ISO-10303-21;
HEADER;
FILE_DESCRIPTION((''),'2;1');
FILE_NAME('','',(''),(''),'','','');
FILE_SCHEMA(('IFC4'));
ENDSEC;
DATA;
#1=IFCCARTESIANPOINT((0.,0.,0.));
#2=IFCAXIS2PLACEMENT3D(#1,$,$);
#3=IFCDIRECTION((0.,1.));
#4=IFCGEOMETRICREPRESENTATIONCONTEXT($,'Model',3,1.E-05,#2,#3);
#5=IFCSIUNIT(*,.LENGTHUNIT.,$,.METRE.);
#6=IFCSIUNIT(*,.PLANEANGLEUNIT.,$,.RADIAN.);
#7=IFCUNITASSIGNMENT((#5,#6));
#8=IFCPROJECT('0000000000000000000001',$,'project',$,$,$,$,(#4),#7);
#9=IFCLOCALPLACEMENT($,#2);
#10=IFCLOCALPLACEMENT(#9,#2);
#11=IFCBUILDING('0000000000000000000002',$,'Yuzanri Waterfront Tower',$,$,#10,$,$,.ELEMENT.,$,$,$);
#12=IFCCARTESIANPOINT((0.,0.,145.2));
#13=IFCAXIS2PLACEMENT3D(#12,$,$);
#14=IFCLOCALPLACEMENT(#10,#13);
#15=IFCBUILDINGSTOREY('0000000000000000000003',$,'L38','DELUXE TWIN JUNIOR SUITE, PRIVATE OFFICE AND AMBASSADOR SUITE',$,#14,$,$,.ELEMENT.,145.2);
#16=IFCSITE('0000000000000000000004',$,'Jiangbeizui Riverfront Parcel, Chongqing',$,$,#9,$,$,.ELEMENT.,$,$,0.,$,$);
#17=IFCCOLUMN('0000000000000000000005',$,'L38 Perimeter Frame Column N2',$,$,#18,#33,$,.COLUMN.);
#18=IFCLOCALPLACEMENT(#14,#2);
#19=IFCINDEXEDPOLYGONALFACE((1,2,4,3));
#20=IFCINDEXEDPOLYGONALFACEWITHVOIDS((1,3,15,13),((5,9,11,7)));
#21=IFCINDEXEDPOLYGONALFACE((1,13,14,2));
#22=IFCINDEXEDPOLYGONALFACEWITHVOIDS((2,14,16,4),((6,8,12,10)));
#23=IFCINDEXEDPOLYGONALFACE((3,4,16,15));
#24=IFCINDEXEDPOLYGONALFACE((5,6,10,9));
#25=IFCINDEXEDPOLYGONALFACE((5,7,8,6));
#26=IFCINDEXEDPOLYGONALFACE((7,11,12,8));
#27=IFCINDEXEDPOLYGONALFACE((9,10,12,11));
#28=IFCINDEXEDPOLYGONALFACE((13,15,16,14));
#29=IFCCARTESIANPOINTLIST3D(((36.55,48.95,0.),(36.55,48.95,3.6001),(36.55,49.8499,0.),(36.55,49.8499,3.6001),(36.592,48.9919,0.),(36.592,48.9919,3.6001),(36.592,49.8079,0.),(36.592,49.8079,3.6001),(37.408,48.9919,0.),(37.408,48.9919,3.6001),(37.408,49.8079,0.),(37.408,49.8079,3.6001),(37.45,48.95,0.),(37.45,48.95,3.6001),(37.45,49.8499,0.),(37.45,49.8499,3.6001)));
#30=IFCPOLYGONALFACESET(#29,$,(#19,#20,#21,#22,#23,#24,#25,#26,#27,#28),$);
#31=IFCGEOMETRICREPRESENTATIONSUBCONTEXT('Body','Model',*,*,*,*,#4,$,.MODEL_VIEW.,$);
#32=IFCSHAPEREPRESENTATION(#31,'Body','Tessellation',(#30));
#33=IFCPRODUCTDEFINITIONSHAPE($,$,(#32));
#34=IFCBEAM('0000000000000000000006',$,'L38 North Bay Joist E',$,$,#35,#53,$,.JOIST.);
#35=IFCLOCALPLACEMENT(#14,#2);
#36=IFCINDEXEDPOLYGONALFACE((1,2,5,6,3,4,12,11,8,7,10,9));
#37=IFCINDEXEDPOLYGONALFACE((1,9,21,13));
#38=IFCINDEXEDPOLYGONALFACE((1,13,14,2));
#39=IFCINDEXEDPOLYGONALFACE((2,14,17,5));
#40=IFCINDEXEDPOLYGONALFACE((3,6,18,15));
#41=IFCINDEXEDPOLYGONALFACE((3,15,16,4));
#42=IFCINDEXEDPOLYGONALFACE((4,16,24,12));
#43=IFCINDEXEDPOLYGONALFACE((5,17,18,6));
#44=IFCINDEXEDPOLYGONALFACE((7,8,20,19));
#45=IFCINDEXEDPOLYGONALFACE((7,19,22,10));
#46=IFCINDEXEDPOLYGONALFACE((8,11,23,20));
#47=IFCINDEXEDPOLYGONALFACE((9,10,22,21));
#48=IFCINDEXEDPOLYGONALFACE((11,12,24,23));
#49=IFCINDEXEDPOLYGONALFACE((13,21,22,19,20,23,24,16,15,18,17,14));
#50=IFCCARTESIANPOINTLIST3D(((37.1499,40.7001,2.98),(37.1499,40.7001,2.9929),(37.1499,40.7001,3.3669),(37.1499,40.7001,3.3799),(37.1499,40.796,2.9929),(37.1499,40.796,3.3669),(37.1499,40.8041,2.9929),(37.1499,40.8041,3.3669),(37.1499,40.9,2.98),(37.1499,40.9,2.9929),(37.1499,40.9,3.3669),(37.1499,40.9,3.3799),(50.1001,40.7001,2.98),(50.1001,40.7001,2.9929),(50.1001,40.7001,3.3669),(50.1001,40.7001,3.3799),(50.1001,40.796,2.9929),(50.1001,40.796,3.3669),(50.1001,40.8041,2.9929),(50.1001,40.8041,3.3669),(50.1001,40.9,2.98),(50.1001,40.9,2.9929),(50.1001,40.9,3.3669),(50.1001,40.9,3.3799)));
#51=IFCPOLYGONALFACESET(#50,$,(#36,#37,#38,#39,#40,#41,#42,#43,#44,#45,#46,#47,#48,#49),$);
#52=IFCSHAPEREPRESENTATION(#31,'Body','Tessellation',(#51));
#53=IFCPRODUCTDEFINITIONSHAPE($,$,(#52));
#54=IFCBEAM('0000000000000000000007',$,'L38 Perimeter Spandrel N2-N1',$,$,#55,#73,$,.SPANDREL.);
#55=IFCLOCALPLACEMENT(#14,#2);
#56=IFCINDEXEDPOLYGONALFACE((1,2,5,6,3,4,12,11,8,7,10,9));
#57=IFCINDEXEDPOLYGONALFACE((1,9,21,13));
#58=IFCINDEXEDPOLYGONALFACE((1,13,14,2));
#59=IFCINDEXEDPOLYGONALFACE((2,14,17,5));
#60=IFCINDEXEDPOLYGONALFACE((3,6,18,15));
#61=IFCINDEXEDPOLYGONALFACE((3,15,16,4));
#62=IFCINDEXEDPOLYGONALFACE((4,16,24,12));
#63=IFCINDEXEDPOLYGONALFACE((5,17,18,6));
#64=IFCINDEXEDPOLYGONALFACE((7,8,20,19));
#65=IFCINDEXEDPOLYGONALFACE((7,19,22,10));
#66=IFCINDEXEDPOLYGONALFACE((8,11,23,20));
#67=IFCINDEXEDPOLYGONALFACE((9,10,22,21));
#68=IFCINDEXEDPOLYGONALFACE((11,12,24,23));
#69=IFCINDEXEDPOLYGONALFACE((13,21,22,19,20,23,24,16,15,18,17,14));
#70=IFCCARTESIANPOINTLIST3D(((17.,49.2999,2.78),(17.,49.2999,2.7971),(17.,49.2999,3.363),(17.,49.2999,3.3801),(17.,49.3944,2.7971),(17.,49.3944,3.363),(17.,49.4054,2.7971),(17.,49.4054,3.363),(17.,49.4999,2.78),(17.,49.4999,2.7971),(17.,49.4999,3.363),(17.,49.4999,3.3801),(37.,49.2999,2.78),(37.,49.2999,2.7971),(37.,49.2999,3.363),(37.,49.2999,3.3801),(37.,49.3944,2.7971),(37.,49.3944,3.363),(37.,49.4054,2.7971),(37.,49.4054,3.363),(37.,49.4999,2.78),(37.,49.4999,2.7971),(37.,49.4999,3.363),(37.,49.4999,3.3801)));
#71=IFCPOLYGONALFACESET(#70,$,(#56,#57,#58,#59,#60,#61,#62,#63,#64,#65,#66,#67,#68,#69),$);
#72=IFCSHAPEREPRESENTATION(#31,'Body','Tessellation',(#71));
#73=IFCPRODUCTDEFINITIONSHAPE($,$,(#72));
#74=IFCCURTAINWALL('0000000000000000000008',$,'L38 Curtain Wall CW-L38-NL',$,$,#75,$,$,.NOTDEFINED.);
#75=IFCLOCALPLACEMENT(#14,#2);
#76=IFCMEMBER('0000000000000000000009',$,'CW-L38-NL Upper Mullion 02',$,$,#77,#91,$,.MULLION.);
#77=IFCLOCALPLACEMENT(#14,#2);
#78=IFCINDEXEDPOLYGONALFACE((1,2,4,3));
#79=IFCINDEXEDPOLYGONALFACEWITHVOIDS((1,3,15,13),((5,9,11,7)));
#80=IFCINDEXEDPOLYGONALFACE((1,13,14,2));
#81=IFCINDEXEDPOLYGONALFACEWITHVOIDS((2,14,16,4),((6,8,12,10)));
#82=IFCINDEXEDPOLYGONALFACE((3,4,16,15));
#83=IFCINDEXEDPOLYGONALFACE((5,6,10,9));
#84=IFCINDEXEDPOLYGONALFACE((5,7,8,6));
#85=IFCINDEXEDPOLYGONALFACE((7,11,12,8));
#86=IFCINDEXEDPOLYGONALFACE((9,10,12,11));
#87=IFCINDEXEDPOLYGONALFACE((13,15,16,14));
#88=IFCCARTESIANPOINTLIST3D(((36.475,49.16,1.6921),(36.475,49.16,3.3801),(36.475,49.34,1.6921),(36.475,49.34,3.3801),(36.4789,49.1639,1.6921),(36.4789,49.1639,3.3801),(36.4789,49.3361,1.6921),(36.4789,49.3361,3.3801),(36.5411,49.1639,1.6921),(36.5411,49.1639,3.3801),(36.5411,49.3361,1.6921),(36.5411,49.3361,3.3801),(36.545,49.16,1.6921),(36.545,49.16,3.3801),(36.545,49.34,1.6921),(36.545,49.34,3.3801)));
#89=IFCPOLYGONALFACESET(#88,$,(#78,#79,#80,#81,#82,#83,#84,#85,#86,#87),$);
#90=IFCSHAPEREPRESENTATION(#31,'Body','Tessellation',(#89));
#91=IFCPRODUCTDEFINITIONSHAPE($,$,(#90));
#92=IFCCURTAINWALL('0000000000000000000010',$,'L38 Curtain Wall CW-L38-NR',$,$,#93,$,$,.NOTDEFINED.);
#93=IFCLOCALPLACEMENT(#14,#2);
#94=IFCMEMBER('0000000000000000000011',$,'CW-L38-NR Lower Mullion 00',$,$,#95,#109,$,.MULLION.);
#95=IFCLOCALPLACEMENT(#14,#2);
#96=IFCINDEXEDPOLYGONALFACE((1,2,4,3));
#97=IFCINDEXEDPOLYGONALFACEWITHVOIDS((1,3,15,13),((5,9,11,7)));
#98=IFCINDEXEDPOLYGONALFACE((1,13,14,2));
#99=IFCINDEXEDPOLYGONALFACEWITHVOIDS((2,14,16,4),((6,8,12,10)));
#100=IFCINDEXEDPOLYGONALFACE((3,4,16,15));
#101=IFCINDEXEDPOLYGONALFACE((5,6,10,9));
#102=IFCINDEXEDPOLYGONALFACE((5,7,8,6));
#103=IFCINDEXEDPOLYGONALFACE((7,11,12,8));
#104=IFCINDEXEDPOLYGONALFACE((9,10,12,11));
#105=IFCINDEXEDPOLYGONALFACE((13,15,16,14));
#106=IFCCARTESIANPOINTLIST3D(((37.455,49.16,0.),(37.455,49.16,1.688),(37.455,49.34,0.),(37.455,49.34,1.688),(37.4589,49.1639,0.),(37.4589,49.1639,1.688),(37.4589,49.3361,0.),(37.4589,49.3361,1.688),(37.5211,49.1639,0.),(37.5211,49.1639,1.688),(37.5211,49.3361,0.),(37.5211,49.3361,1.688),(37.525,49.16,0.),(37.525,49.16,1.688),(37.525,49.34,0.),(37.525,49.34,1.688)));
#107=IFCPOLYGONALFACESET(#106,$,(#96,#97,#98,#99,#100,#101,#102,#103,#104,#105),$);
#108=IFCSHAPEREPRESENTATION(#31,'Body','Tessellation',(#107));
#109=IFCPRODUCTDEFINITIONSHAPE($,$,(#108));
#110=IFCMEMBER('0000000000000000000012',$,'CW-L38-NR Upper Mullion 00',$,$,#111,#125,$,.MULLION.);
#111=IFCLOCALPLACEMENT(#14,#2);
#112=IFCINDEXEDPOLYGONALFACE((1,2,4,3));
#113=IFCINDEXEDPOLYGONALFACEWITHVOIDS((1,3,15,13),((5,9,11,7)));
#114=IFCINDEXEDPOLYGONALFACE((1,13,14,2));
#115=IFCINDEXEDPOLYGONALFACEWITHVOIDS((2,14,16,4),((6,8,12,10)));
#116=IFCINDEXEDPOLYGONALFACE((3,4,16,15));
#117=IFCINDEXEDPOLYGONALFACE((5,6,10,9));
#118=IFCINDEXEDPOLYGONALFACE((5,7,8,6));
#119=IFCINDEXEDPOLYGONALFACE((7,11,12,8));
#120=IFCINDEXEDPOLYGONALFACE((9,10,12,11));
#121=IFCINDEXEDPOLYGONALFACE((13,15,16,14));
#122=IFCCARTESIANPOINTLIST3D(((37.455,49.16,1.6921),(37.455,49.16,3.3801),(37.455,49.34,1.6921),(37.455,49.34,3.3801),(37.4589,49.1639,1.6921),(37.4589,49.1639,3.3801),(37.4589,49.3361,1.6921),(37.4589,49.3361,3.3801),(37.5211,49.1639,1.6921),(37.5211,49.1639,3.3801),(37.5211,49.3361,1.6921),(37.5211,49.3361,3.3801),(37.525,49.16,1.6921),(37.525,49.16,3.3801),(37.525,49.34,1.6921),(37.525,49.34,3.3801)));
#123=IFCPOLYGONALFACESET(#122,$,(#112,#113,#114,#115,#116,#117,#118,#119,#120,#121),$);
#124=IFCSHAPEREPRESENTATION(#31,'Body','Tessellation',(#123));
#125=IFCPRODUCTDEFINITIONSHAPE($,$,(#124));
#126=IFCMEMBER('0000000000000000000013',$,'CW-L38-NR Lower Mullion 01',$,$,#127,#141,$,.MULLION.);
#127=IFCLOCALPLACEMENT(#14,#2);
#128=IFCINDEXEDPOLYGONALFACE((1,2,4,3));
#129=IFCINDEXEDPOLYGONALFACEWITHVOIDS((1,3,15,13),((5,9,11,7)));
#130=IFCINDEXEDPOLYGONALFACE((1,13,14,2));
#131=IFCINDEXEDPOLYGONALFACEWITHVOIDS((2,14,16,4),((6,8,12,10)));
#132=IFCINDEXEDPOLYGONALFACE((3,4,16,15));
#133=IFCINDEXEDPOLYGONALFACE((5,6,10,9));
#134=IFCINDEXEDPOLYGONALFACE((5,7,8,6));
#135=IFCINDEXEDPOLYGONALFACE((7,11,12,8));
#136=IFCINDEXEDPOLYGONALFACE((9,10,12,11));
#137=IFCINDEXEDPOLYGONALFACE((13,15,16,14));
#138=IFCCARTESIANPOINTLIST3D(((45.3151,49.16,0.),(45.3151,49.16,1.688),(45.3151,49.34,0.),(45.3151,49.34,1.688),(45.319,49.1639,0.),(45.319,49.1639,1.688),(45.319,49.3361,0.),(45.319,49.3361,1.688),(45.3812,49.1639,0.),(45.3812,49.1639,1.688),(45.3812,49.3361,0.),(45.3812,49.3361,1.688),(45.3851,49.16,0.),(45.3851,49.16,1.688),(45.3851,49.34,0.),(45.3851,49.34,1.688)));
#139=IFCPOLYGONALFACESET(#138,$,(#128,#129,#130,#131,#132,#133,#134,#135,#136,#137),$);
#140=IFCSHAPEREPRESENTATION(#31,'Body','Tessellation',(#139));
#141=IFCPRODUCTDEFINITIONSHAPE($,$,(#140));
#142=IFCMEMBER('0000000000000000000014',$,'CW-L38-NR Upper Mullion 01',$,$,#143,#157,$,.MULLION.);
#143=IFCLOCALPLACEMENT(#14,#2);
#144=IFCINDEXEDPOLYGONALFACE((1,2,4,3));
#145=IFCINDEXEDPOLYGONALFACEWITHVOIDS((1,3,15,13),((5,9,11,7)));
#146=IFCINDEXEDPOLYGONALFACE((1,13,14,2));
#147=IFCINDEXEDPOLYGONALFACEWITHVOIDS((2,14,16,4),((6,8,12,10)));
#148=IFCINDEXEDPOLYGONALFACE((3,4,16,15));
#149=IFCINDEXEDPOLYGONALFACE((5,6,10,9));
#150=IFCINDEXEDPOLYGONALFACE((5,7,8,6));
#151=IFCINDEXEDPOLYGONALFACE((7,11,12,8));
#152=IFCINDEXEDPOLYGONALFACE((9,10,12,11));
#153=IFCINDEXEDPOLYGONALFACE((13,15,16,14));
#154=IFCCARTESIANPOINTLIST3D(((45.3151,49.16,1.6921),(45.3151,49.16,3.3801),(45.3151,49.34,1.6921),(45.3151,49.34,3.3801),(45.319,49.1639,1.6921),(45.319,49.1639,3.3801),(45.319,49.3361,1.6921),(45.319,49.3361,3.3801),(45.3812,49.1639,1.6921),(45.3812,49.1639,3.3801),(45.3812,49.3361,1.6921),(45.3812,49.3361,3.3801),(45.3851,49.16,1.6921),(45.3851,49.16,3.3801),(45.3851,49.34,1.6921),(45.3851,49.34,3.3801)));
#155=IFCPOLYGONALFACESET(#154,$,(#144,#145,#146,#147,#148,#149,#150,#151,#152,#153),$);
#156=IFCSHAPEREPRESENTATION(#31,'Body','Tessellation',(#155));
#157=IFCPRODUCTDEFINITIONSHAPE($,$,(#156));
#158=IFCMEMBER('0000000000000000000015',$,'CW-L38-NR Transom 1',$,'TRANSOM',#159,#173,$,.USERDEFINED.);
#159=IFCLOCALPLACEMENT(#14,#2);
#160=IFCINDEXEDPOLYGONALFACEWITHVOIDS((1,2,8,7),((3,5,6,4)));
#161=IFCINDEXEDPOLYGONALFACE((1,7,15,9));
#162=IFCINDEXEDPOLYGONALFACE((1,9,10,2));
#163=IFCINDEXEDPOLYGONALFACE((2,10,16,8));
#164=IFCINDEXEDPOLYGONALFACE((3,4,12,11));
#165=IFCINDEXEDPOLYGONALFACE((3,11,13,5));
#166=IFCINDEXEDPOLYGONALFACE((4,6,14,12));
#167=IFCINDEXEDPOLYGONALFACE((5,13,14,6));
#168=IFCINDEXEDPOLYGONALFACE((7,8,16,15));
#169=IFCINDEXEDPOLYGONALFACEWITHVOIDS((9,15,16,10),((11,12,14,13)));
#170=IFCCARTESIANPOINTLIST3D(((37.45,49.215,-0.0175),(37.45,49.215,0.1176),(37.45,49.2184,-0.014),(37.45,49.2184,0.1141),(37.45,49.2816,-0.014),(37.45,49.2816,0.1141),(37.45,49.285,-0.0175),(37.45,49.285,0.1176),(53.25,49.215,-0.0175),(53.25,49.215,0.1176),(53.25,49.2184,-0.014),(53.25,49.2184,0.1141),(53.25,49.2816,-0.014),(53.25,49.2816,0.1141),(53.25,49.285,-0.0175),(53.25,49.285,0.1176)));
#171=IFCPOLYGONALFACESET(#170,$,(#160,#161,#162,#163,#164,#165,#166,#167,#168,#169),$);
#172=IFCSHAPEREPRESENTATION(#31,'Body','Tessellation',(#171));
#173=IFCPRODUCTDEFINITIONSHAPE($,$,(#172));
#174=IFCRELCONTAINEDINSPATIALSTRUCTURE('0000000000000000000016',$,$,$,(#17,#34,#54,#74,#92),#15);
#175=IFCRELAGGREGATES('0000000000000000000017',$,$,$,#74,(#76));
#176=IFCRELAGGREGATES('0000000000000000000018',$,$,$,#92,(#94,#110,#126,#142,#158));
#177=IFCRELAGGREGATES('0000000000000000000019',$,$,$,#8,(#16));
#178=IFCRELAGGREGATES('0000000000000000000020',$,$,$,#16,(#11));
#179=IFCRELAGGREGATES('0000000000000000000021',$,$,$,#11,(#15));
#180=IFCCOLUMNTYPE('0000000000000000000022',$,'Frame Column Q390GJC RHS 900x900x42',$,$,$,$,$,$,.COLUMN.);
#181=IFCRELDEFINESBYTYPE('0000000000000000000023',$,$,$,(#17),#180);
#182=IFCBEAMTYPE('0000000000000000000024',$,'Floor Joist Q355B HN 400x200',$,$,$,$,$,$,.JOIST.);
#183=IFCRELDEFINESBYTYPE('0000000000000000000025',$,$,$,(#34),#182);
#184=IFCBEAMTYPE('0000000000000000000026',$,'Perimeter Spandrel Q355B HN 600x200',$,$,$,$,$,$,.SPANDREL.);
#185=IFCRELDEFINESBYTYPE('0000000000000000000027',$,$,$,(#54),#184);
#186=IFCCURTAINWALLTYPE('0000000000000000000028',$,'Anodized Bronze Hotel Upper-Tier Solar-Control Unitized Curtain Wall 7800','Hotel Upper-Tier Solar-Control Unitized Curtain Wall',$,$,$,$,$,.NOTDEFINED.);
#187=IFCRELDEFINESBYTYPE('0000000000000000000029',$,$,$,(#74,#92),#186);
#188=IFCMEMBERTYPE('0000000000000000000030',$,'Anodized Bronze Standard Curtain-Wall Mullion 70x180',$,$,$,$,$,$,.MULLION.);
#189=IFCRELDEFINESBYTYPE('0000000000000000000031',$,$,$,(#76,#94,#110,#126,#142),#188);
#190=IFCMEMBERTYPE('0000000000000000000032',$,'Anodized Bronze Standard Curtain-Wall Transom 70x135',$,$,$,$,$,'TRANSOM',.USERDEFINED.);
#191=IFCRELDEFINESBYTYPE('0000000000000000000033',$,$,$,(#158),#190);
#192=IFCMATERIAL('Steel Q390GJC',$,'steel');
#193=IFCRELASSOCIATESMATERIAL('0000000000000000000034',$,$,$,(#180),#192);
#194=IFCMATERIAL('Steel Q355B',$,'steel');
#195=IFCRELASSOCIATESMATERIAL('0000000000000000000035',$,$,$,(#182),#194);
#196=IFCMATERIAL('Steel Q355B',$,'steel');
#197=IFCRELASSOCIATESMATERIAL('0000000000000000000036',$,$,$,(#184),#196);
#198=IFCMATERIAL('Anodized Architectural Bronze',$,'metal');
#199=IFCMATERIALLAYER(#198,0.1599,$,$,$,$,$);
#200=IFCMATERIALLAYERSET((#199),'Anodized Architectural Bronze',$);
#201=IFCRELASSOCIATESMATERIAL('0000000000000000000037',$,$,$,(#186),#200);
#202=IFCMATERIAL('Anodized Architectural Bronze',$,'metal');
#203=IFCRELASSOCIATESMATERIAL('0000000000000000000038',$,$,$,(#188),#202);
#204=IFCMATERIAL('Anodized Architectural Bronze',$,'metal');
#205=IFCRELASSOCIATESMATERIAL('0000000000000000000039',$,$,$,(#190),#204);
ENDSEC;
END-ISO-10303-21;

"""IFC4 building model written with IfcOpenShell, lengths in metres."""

from ifc_helpers import new_model, si_unit, direction, frame, origin, origin_2d, place, context, subcontext, project, spatial, hollow_rectangle, i_section, extrude, source, transform, mapped, material, layer, layer_set, material_profile, profile_set, type_object, element, aggregate, save


model = new_model("IFC4")

# Units and contexts
model_context = context("Model", 3, precision=1e-05, world=origin(), true_north=direction((0.0, 1.0)))
body_context = subcontext(model_context, "Body", "Model", "MODEL_VIEW")
ifc_project = project(units=[si_unit("LENGTHUNIT", "METRE"), si_unit("PLANEANGLEUNIT", "RADIAN")], contexts=[model_context])

# Site, building, storey
site_placement = place(None, origin())
site = spatial("IfcSite", under=ifc_project, at=site_placement, Name="Jiangbeizui Riverfront Parcel, Chongqing", CompositionType="ELEMENT", RefElevation=0.0)
building_placement = place(site_placement, origin())
building = spatial("IfcBuilding", under=site, at=building_placement, Name="Yuzanri Waterfront Tower", CompositionType="ELEMENT")
storey_placement = place(building_placement, frame((0.0, 0.0, 145.2)))
storey = spatial("IfcBuildingStorey", under=building, at=storey_placement, Name="L38", Description="DELUXE TWIN JUNIOR SUITE, PRIVATE OFFICE AND AMBASSADOR SUITE", CompositionType="ELEMENT", Elevation=145.2)

# Column
ifc_material_1 = material(Name="Steel Q390GJC", Category="steel")
ifc_material_profile_1 = material_profile(ifc_material_1, hollow_rectangle(XDim=0.8999, YDim=0.8999, WallThickness=0.042, at=origin_2d()), Name="RHS 900x900x42")
ifc_profile_set_1 = profile_set([ifc_material_profile_1], Name="Steel Q390GJC")
column_type = type_object("IfcColumnType", Name="Frame Column Q390GJC RHS 900x900x42", PredefinedType="COLUMN", material=ifc_profile_set_1)
shared_shape_1 = source(origin(), body_context, "Body", "SweptSolid", [
    extrude(hollow_rectangle(XDim=0.8999, YDim=0.8999, WallThickness=0.042, at=origin_2d()), origin(), (0.0, 0.0, 1.0), 3.6001),
])
column_placement = place(storey_placement, frame((37.0, 49.3999, 0.0), z_axis=(0.0, 0.0, 1.0), x_axis=(1.0, 0.0, 0.0)))
element("IfcColumn", 1, at=column_placement, inside=storey, type_object=column_type, Name="L38 Perimeter Frame Column N2", PredefinedType="COLUMN", context=body_context, shape_type="MappedRepresentation", body=[
    mapped(shared_shape_1, transform((0.0, 0.0, 0.0), scale=1.0)),
])

# Beams
ifc_material_2 = material(Name="Steel Q355B", Category="steel")
ifc_material_profile_2 = material_profile(ifc_material_2, i_section(OverallWidth=0.2, OverallDepth=0.3999, WebThickness=0.0081, FlangeThickness=0.0129, at=origin_2d()), Name="HN 400x200x8x13")
ifc_profile_set_2 = profile_set([ifc_material_profile_2], Name="Steel Q355B")
beam_type_1 = type_object("IfcBeamType", Name="Floor Joist Q355B HN 400x200", PredefinedType="JOIST", material=ifc_profile_set_2)
shared_shape_2 = source(origin(), body_context, "Body", "SweptSolid", [
    extrude(i_section(OverallWidth=0.2, OverallDepth=0.3999, WebThickness=0.0081, FlangeThickness=0.0129, at=origin_2d()), origin(), (0.0, 0.0, 1.0), 12.9502),
])
beam_1_placement = place(storey_placement, frame((37.1499, 40.8, 3.1799), z_axis=(1.0, 0.0, 0.0), x_axis=(0.0, 1.0, 0.0)))
element("IfcBeam", 2, at=beam_1_placement, inside=storey, type_object=beam_type_1, Name="L38 North Bay Joist E", PredefinedType="JOIST", context=body_context, shape_type="MappedRepresentation", body=[
    mapped(shared_shape_2, transform((0.0, 0.0, 0.0), scale=1.0)),
])
ifc_material_3 = material(Name="Steel Q355B", Category="steel")
ifc_material_profile_3 = material_profile(ifc_material_3, i_section(OverallWidth=0.2, OverallDepth=0.6001, WebThickness=0.011, FlangeThickness=0.0171, at=origin_2d()), Name="HN 600x200x11x17")
ifc_profile_set_3 = profile_set([ifc_material_profile_3], Name="Steel Q355B")
beam_type_2 = type_object("IfcBeamType", Name="Perimeter Spandrel Q355B HN 600x200", PredefinedType="SPANDREL", material=ifc_profile_set_3)
shared_shape_3 = source(origin(), body_context, "Body", "SweptSolid", [
    extrude(i_section(OverallWidth=0.2, OverallDepth=0.6001, WebThickness=0.011, FlangeThickness=0.0171, at=origin_2d()), origin(), (0.0, 0.0, 1.0), 20.0),
])
beam_2_placement = place(storey_placement, frame((37.0, 49.3999, 3.0801), z_axis=(-1.0, 0.0, 0.0), x_axis=(0.0, -1.0, 0.0)))
element("IfcBeam", 3, at=beam_2_placement, inside=storey, type_object=beam_type_2, Name="L38 Perimeter Spandrel N2-N1", PredefinedType="SPANDREL", context=body_context, shape_type="MappedRepresentation", body=[
    mapped(shared_shape_3, transform((0.0, 0.0, 0.0), scale=1.0)),
])

# Curtain wall, member
ifc_material_4 = material(Name="Anodized Architectural Bronze", Category="metal")
ifc_layer_1 = layer(ifc_material_4, 0.1599)
ifc_layer_set_1 = layer_set([ifc_layer_1], Name="Anodized Architectural Bronze")
curtain_wall_type = type_object("IfcCurtainWallType", Name="Anodized Bronze Hotel Upper-Tier Solar-Control Unitized Curtain Wall 7800", Description="Hotel Upper-Tier Solar-Control Unitized Curtain Wall", PredefinedType="NOTDEFINED", material=ifc_layer_set_1)
curtain_wall_1_placement = place(storey_placement, origin())
curtain_wall_1 = element("IfcCurtainWall", 4, at=curtain_wall_1_placement, inside=storey, type_object=curtain_wall_type, Name="L38 Curtain Wall CW-L38-NL", PredefinedType="NOTDEFINED")
ifc_material_5 = material(Name="Anodized Architectural Bronze", Category="metal")
ifc_material_profile_4 = material_profile(ifc_material_5, hollow_rectangle(XDim=0.0701, YDim=0.1799, WallThickness=0.0039, at=origin_2d()), Name="CWM 70x180")
ifc_profile_set_4 = profile_set([ifc_material_profile_4], Name="Anodized Architectural Bronze")
member_type_1 = type_object("IfcMemberType", Name="Anodized Bronze Standard Curtain-Wall Mullion 70x180", PredefinedType="MULLION", material=ifc_profile_set_4)
shared_shape_4 = source(origin(), body_context, "Body", "SweptSolid", [
    extrude(hollow_rectangle(XDim=0.0701, YDim=0.1799, WallThickness=0.0039, at=origin_2d()), origin(), (0.0, 0.0, 1.0), 1.688),
])
member_1_placement = place(storey_placement, frame((36.51, 49.25, 1.6921), z_axis=(0.0, 0.0, 1.0), x_axis=(1.0, 0.0, 0.0)))
member_1 = element("IfcMember", 5, at=member_1_placement, type_object=member_type_1, Name="CW-L38-NL Upper Mullion 02", PredefinedType="MULLION", context=body_context, shape_type="MappedRepresentation", body=[
    mapped(shared_shape_4, transform((0.0, 0.0, 0.0), scale=1.0)),
])
aggregate(curtain_wall_1, [member_1])

# Curtain wall, members
curtain_wall_2_placement = place(storey_placement, origin())
curtain_wall_2 = element("IfcCurtainWall", 6, at=curtain_wall_2_placement, inside=storey, type_object=curtain_wall_type, Name="L38 Curtain Wall CW-L38-NR", PredefinedType="NOTDEFINED")
member_2_placement = place(storey_placement, frame((37.49, 49.25, 0.0), z_axis=(0.0, 0.0, 1.0), x_axis=(1.0, 0.0, 0.0)))
member_2 = element("IfcMember", 7, at=member_2_placement, type_object=member_type_1, Name="CW-L38-NR Lower Mullion 00", PredefinedType="MULLION", context=body_context, shape_type="MappedRepresentation", body=[
    mapped(shared_shape_4, transform((0.0, 0.0, 0.0), scale=1.0)),
])
member_3_placement = place(storey_placement, frame((37.49, 49.25, 1.6921), z_axis=(0.0, 0.0, 1.0), x_axis=(1.0, 0.0, 0.0)))
member_3 = element("IfcMember", 8, at=member_3_placement, type_object=member_type_1, Name="CW-L38-NR Upper Mullion 00", PredefinedType="MULLION", context=body_context, shape_type="MappedRepresentation", body=[
    mapped(shared_shape_4, transform((0.0, 0.0, 0.0), scale=1.0)),
])
member_4_placement = place(storey_placement, frame((45.3501, 49.25, 0.0), z_axis=(0.0, 0.0, 1.0), x_axis=(1.0, 0.0, 0.0)))
member_4 = element("IfcMember", 9, at=member_4_placement, type_object=member_type_1, Name="CW-L38-NR Lower Mullion 01", PredefinedType="MULLION", context=body_context, shape_type="MappedRepresentation", body=[
    mapped(shared_shape_4, transform((0.0, 0.0, 0.0), scale=1.0)),
])
member_5_placement = place(storey_placement, frame((45.3501, 49.25, 1.6921), z_axis=(0.0, 0.0, 1.0), x_axis=(1.0, 0.0, 0.0)))
member_5 = element("IfcMember", 10, at=member_5_placement, type_object=member_type_1, Name="CW-L38-NR Upper Mullion 01", PredefinedType="MULLION", context=body_context, shape_type="MappedRepresentation", body=[
    mapped(shared_shape_4, transform((0.0, 0.0, 0.0), scale=1.0)),
])
ifc_material_6 = material(Name="Anodized Architectural Bronze", Category="metal")
ifc_material_profile_5 = material_profile(ifc_material_6, hollow_rectangle(XDim=0.0701, YDim=0.135, WallThickness=0.0034, at=origin_2d()), Name="CWT 70x135")
ifc_profile_set_5 = profile_set([ifc_material_profile_5], Name="Anodized Architectural Bronze")
member_type_2 = type_object("IfcMemberType", Name="Anodized Bronze Standard Curtain-Wall Transom 70x135", ElementType="TRANSOM", PredefinedType="USERDEFINED", material=ifc_profile_set_5)
shared_shape_5 = source(origin(), body_context, "Body", "SweptSolid", [
    extrude(hollow_rectangle(XDim=0.0701, YDim=0.135, WallThickness=0.0034, at=origin_2d()), origin(), (0.0, 0.0, 1.0), 15.8),
])
member_6_placement = place(storey_placement, frame((37.45, 49.25, 0.05), z_axis=(1.0, 0.0, 0.0), x_axis=(0.0, 1.0, 0.0)))
member_6 = element("IfcMember", 11, at=member_6_placement, type_object=member_type_2, Name="CW-L38-NR Transom 1", ObjectType="TRANSOM", PredefinedType="USERDEFINED", context=body_context, shape_type="MappedRepresentation", body=[
    mapped(shared_shape_5, transform((0.0, 0.0, 0.0), scale=1.0)),
])
aggregate(curtain_wall_2, [member_2, member_3, member_4, member_5, member_6])

save(model, "model.ifc")
